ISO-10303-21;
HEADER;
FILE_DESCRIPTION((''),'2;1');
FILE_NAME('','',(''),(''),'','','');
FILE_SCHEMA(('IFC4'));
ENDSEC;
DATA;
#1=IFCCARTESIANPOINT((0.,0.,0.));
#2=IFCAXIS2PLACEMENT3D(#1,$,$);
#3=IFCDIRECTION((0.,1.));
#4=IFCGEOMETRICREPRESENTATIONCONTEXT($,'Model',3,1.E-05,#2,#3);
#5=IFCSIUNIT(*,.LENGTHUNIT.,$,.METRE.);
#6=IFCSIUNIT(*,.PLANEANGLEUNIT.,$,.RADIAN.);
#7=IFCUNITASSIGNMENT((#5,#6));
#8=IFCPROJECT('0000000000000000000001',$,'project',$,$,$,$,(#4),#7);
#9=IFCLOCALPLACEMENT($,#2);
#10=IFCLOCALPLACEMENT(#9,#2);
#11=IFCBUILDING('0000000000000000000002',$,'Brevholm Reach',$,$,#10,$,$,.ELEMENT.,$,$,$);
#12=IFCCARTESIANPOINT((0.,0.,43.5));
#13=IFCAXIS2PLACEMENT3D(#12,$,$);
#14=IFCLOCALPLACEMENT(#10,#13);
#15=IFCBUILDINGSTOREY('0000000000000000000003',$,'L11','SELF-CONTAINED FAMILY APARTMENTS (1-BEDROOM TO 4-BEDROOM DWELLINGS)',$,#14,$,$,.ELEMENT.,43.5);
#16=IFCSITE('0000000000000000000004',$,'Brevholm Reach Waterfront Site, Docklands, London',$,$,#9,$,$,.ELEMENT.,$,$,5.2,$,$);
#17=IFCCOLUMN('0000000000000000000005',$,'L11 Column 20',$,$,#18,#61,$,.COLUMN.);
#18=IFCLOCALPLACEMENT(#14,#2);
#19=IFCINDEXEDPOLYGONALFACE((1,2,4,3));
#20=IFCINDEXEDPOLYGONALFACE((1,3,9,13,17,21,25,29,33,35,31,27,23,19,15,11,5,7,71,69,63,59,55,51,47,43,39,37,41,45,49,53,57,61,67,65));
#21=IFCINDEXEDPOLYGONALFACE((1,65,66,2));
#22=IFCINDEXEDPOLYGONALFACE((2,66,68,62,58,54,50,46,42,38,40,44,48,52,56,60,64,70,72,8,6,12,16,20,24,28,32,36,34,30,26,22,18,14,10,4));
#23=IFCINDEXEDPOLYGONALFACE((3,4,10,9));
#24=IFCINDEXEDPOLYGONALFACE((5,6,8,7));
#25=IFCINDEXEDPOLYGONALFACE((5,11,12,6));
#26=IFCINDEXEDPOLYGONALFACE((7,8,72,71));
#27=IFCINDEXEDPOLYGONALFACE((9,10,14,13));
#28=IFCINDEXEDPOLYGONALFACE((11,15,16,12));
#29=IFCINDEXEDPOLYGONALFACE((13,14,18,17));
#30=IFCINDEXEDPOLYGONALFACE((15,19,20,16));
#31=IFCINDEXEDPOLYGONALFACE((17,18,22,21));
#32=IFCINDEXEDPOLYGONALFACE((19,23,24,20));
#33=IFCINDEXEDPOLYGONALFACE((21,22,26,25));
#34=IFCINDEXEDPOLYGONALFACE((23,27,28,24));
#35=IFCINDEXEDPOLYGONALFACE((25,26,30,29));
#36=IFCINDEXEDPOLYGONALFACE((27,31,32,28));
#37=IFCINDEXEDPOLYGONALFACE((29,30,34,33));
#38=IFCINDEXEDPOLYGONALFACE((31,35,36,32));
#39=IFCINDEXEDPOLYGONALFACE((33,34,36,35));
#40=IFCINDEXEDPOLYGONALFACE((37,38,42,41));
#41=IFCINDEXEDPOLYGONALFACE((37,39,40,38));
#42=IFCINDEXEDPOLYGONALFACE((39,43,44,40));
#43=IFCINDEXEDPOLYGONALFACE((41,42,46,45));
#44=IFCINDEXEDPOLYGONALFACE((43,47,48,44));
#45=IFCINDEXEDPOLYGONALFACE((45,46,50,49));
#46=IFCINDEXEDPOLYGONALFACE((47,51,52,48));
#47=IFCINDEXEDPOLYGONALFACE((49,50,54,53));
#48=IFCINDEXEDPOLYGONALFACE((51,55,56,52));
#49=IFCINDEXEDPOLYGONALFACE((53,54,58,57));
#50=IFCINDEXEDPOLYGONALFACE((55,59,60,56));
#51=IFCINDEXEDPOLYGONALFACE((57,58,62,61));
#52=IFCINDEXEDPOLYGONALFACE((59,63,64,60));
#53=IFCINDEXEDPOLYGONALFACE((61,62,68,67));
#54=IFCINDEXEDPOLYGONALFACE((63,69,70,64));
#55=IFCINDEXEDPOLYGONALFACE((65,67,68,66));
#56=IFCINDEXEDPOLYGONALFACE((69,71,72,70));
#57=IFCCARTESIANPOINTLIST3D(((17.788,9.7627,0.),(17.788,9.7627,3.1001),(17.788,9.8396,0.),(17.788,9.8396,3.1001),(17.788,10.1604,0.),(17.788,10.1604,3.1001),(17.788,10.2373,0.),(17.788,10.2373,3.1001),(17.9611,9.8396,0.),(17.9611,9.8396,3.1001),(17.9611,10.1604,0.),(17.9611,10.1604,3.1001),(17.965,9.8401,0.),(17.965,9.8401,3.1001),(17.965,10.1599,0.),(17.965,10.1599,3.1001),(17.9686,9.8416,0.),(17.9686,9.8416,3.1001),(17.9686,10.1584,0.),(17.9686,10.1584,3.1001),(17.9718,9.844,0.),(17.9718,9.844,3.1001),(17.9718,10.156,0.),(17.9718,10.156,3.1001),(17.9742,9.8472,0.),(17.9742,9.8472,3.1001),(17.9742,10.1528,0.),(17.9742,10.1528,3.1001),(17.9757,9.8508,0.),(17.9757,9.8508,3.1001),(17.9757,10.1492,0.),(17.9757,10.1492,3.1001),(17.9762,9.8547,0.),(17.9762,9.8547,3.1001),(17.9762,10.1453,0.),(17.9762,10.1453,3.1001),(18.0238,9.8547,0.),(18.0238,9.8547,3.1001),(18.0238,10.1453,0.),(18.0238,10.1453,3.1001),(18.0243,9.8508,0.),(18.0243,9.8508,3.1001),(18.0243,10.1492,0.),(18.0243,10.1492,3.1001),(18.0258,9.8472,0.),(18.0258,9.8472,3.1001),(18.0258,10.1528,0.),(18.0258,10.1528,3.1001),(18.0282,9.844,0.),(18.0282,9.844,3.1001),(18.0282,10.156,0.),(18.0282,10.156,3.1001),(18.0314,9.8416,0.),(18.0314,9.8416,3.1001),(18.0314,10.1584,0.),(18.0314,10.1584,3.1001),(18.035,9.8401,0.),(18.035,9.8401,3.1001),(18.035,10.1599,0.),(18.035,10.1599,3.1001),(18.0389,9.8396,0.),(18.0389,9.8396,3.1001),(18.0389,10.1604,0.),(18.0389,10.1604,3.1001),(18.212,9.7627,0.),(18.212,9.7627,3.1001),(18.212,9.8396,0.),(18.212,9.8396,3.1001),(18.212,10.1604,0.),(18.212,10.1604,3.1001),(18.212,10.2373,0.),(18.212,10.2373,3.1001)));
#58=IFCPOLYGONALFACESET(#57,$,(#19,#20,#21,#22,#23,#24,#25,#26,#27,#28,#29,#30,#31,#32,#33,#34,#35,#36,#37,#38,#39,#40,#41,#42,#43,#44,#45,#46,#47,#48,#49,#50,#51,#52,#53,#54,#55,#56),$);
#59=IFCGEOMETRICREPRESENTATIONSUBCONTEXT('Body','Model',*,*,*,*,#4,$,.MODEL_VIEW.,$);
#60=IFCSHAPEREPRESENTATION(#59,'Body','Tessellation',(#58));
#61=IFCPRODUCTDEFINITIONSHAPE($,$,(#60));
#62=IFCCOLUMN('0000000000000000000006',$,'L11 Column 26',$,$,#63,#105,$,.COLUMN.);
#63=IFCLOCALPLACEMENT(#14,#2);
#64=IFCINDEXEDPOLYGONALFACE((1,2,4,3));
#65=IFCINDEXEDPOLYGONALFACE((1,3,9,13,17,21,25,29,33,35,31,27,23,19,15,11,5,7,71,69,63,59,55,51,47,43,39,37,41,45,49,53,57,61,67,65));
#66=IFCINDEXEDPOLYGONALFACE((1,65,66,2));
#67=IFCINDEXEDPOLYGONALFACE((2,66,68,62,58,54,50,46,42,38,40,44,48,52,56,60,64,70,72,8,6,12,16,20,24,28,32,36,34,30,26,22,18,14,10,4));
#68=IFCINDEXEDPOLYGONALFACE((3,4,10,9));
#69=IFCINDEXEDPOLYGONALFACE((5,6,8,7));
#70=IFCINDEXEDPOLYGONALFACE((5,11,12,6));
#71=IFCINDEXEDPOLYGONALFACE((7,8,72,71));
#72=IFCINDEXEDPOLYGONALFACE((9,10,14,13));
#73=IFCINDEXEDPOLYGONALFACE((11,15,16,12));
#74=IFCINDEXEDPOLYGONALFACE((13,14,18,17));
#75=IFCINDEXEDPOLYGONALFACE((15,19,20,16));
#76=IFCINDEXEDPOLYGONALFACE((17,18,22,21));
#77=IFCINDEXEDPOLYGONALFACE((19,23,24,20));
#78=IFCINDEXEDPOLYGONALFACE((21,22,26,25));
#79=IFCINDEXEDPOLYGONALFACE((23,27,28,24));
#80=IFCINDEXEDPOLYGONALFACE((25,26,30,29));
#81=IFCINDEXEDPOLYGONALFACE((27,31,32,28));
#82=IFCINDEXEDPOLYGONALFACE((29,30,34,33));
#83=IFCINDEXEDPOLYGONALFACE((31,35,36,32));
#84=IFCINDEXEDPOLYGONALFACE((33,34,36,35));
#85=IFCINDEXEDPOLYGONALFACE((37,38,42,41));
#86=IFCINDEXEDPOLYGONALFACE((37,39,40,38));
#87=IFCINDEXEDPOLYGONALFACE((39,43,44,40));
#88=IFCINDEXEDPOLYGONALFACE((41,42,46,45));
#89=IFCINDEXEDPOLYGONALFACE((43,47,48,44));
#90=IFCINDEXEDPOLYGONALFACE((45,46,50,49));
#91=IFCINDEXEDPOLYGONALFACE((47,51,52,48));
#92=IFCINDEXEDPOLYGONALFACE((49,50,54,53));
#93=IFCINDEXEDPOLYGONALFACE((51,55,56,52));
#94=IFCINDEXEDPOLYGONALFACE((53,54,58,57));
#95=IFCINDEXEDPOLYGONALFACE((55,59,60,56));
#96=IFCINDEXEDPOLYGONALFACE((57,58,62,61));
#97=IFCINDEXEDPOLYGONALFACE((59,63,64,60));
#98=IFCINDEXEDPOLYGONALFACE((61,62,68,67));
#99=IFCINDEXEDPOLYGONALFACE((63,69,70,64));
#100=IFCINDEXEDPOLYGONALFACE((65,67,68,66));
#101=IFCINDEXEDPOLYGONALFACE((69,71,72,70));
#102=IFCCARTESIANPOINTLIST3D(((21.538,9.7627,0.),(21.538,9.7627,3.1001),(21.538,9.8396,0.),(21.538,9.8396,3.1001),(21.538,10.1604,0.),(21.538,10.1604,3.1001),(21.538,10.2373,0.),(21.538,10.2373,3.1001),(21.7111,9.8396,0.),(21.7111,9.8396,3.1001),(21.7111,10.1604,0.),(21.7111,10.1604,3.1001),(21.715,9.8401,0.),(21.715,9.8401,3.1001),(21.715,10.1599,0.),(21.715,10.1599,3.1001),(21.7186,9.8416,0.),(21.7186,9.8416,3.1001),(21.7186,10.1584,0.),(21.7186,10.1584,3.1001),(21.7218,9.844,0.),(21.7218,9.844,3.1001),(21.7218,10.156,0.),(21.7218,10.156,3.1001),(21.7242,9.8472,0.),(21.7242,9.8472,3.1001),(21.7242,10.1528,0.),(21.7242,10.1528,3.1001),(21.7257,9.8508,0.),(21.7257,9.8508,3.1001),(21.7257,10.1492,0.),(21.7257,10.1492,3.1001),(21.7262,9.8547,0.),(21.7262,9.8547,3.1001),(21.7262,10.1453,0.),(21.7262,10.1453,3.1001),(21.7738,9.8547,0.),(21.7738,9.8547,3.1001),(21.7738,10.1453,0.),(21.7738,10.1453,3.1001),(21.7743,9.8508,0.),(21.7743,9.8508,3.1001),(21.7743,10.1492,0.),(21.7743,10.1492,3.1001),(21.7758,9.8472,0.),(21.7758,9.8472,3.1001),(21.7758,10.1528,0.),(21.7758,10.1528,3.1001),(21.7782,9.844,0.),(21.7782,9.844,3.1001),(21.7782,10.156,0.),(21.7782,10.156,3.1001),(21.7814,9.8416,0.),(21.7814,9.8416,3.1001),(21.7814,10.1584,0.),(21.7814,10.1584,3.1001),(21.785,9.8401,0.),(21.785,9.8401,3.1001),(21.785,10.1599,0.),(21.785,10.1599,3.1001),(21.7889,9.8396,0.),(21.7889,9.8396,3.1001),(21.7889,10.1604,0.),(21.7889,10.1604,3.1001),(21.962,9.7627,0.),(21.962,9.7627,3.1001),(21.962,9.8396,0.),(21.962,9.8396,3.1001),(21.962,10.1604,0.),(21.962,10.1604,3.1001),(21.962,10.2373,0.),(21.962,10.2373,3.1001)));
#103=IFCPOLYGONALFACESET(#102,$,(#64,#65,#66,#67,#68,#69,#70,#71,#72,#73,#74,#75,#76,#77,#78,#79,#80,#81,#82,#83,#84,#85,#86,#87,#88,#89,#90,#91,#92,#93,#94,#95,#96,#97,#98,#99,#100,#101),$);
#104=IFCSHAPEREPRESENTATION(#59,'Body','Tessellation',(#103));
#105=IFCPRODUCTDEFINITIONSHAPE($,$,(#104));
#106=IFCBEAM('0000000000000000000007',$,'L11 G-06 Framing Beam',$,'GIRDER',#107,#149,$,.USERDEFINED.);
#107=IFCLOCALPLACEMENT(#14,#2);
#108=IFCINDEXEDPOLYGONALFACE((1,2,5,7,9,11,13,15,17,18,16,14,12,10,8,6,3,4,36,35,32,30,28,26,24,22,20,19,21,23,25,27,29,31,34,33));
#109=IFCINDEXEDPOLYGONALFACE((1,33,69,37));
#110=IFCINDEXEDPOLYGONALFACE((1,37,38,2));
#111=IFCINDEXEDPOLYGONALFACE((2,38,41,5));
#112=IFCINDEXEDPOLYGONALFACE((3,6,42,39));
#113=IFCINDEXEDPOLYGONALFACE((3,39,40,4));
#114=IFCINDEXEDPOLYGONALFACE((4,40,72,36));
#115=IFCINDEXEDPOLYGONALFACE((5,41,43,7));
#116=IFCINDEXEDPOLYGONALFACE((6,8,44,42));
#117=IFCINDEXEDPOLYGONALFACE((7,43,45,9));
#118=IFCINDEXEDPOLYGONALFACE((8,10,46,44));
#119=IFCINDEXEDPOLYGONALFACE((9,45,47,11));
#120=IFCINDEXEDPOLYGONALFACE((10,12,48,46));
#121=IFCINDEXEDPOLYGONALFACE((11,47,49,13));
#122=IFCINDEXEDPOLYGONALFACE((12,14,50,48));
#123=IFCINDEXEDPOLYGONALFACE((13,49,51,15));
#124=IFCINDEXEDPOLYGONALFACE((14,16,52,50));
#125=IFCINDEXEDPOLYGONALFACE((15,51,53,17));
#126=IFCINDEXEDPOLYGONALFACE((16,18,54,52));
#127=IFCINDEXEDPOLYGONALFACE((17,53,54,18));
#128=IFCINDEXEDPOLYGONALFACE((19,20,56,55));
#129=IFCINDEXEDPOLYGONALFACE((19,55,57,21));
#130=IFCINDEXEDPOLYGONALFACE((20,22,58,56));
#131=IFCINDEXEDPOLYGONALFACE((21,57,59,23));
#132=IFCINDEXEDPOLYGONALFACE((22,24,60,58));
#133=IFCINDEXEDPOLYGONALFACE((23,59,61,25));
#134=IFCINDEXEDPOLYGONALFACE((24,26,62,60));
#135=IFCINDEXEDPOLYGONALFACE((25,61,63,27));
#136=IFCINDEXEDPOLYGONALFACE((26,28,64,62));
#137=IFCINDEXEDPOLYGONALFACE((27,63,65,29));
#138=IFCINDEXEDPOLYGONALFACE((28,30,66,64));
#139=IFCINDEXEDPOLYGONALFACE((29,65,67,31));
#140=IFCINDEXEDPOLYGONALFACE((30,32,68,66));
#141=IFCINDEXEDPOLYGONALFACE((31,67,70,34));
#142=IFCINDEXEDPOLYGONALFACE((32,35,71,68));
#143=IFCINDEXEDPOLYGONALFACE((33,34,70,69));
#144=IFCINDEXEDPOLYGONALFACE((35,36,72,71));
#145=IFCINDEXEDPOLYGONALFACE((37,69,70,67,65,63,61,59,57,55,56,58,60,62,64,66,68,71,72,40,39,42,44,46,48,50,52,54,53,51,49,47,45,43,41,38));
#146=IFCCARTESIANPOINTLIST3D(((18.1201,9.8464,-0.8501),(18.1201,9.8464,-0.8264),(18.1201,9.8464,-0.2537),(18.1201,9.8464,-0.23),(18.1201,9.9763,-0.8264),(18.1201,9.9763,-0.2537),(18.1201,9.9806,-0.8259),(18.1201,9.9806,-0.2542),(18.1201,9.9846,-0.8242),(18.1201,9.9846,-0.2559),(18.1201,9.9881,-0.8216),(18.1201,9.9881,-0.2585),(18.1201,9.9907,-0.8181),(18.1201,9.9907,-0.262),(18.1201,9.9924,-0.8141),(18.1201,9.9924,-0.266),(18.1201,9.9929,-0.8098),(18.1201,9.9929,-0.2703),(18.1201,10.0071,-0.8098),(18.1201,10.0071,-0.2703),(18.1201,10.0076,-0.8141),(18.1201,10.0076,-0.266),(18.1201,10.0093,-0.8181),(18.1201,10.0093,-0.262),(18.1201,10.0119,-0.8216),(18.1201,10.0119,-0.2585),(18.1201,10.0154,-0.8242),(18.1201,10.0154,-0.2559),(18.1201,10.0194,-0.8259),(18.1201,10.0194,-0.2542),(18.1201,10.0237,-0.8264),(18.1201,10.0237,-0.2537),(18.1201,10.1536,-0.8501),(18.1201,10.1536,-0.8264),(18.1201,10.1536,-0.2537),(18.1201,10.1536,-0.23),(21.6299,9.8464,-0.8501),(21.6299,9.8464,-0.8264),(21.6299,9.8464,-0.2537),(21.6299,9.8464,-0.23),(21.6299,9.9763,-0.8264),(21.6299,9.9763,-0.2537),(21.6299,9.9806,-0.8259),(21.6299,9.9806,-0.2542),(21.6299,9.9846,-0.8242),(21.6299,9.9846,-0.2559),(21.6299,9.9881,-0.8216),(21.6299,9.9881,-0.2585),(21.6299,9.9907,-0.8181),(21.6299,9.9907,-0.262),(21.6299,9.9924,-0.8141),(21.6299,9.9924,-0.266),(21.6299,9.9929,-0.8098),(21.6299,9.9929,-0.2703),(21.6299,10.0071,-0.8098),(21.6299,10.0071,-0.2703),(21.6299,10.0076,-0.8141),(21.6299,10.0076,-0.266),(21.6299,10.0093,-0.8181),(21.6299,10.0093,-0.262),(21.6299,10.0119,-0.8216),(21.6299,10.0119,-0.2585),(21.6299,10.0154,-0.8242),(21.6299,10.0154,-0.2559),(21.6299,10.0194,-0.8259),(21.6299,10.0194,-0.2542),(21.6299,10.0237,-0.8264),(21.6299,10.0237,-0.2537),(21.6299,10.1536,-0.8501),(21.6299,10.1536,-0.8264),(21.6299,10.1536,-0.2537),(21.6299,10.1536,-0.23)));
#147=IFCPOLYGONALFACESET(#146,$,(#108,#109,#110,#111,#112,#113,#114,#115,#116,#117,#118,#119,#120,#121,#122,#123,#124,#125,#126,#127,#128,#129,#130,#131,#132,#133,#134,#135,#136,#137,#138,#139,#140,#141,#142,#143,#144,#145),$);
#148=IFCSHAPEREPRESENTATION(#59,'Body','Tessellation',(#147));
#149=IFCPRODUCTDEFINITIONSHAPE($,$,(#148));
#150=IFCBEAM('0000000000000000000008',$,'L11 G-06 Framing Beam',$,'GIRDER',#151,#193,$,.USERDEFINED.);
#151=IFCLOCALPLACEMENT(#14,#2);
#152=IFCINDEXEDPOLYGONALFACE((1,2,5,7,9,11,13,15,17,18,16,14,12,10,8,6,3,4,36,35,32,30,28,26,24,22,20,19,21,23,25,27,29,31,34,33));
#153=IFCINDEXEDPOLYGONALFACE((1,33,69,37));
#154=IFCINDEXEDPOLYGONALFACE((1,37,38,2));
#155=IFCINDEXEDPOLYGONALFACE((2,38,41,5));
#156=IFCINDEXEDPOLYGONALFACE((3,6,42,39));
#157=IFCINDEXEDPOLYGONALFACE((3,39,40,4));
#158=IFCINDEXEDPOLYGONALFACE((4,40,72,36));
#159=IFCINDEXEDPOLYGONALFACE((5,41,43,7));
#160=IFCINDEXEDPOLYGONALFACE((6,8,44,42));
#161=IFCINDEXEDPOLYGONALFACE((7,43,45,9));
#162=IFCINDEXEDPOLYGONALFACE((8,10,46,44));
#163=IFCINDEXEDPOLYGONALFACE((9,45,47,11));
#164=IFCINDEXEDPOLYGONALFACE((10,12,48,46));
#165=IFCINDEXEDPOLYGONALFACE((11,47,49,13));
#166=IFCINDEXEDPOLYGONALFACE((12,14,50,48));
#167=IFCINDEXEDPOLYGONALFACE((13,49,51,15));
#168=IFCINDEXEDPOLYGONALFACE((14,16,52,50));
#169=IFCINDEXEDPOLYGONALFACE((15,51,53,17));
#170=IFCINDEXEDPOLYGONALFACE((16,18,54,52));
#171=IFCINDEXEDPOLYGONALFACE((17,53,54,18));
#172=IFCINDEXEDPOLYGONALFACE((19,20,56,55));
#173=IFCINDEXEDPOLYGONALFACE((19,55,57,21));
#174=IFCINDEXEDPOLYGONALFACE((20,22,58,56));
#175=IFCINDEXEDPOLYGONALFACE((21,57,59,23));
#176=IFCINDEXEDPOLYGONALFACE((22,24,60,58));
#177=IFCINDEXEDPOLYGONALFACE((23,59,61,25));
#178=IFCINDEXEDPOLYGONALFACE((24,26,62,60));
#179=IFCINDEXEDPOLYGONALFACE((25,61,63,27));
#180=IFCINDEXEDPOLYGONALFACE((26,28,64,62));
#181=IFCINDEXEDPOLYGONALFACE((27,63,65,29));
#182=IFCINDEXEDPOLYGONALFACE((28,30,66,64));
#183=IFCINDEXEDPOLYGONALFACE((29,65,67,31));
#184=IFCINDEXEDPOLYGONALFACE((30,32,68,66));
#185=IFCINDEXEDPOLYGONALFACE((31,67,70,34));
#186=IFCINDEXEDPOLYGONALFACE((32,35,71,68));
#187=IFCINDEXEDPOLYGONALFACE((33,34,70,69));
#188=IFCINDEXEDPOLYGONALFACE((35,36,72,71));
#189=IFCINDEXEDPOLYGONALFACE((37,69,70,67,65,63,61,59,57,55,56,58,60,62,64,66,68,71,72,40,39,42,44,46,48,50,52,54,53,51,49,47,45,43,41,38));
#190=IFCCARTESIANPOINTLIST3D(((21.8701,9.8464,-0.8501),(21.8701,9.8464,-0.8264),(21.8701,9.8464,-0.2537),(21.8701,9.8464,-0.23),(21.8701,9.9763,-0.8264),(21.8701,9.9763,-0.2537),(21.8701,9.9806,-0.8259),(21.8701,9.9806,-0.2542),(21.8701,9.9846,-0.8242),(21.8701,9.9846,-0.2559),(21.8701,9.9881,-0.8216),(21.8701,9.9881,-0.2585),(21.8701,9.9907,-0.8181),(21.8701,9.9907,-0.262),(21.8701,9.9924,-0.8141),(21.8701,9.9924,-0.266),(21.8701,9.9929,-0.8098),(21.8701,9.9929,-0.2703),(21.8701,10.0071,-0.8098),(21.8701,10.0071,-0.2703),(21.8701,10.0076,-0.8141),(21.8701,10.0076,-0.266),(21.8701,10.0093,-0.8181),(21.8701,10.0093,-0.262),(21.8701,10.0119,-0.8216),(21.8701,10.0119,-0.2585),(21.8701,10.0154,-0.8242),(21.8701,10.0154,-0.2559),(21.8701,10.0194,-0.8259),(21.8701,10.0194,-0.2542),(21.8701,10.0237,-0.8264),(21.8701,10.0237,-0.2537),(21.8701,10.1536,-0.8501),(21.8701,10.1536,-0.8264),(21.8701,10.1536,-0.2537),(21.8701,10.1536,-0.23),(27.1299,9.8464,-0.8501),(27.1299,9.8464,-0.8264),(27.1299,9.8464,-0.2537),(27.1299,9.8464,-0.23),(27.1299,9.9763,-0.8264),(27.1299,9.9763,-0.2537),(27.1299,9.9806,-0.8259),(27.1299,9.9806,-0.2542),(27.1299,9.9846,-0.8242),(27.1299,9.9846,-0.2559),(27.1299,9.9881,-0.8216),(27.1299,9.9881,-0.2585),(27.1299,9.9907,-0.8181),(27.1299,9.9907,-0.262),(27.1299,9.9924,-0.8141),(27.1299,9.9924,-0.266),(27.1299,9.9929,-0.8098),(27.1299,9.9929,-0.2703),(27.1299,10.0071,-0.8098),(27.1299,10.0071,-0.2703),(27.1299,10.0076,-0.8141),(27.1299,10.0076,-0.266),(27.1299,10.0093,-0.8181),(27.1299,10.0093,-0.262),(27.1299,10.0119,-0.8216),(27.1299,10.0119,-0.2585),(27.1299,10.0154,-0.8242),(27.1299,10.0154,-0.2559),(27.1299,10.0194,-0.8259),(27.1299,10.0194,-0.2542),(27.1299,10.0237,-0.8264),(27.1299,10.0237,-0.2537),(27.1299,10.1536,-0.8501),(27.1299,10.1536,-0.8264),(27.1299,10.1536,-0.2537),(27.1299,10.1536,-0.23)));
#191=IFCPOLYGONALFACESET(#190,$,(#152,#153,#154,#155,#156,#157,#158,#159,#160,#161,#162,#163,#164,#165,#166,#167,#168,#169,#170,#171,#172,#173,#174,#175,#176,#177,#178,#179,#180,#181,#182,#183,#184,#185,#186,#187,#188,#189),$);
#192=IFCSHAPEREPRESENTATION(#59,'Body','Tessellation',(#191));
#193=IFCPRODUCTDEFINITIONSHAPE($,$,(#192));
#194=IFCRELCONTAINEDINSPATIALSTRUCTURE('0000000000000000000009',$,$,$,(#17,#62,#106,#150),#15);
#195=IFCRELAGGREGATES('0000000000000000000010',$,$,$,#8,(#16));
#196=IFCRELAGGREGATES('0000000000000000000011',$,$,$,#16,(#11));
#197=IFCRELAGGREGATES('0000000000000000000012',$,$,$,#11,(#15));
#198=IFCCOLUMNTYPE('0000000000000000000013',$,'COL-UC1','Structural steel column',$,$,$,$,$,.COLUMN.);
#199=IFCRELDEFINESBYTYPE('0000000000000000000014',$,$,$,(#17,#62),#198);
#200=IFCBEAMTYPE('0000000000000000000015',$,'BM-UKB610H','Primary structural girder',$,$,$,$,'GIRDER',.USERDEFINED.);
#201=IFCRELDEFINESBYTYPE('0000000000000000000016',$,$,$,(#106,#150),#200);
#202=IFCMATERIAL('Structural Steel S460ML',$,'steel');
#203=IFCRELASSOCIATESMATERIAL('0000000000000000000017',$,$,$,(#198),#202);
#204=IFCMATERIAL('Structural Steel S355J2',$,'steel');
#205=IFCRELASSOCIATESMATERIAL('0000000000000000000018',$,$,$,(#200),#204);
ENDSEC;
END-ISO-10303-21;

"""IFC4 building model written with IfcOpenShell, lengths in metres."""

from ifc_helpers import new_model, si_unit, direction, frame, origin, origin_2d, place, context, subcontext, project, spatial, i_section, extrude, material, material_profile, profile_set, type_object, element, save


model = new_model("IFC4")

# Units and contexts
model_context = context("Model", 3, precision=1e-05, world=origin(), true_north=direction((0.0, 1.0)))
body_context = subcontext(model_context, "Body", "Model", "MODEL_VIEW")
ifc_project = project(units=[si_unit("LENGTHUNIT", "METRE"), si_unit("PLANEANGLEUNIT", "RADIAN")], contexts=[model_context])

# Site, building, storey
site_placement = place(None, origin())
site = spatial("IfcSite", under=ifc_project, at=site_placement, Name="Brevholm Reach Waterfront Site, Docklands, London", CompositionType="ELEMENT", RefElevation=5.2)
building_placement = place(site_placement, origin())
building = spatial("IfcBuilding", under=site, at=building_placement, Name="Brevholm Reach", CompositionType="ELEMENT")
storey_placement = place(building_placement, frame((0.0, 0.0, 43.5)))
storey = spatial("IfcBuildingStorey", under=building, at=storey_placement, Name="L11", Description="SELF-CONTAINED FAMILY APARTMENTS (1-BEDROOM TO 4-BEDROOM DWELLINGS)", CompositionType="ELEMENT", Elevation=43.5)

# Columns
ifc_material_1 = material(Name="Structural Steel S460ML", Category="steel")
ifc_material_profile_1 = material_profile(ifc_material_1, i_section(OverallWidth=0.4241, OverallDepth=0.4746, WebThickness=0.0476, FlangeThickness=0.0769, FilletRadius=0.0151, at=origin_2d()), Name="UKC 356x406x634")
ifc_profile_set_1 = profile_set([ifc_material_profile_1], Name="Structural Steel S460ML")
column_type = type_object("IfcColumnType", Name="COL-UC1", Description="Structural steel column", PredefinedType="COLUMN", material=ifc_profile_set_1)
for number, where, z_axis, x_axis, name in (
    (1, (18.0, 10.0, 0.0), (0.0, 0.0, 1.0), (1.0, 0.0, 0.0), "L11 Column 20"),
    (2, (21.75, 10.0, 0.0), (0.0, 0.0, 1.0), (1.0, 0.0, 0.0), "L11 Column 26"),
):
    element("IfcColumn", number, at=place(storey_placement, frame(where, z_axis=z_axis, x_axis=x_axis)), inside=storey, type_object=column_type, Name=name, PredefinedType="COLUMN", context=body_context, shape_type="SweptSolid", body=[
        extrude(i_section(OverallWidth=0.4241, OverallDepth=0.4746, WebThickness=0.0476, FlangeThickness=0.0769, FilletRadius=0.0151, at=origin_2d()), origin(), (0.0, 0.0, 1.0), 3.1001),
    ])

# Beams
ifc_material_2 = material(Name="Structural Steel S355J2", Category="steel")
ifc_material_profile_2 = material_profile(ifc_material_2, i_section(OverallWidth=0.3071, OverallDepth=0.6201, WebThickness=0.0142, FlangeThickness=0.0237, FilletRadius=0.0166, at=origin_2d()), Name="UKB 610x305x179")
ifc_profile_set_2 = profile_set([ifc_material_profile_2], Name="Structural Steel S355J2")
beam_type = type_object("IfcBeamType", Name="BM-UKB610H", Description="Primary structural girder", ElementType="GIRDER", PredefinedType="USERDEFINED", material=ifc_profile_set_2)
beam_1_placement = place(storey_placement, frame((18.1201, 10.0, -0.54), z_axis=(1.0, 0.0, 0.0), x_axis=(0.0, 1.0, 0.0)))
element("IfcBeam", 3, at=beam_1_placement, inside=storey, type_object=beam_type, Name="L11 G-06 Framing Beam", ObjectType="GIRDER", PredefinedType="USERDEFINED", context=body_context, shape_type="SweptSolid", body=[
    extrude(i_section(OverallWidth=0.3071, OverallDepth=0.6201, WebThickness=0.0142, FlangeThickness=0.0237, FilletRadius=0.0166, at=origin_2d()), origin(), (0.0, 0.0, 1.0), 3.5098),
])
beam_2_placement = place(storey_placement, frame((21.8701, 10.0, -0.54), z_axis=(1.0, 0.0, 0.0), x_axis=(0.0, 1.0, 0.0)))
element("IfcBeam", 4, at=beam_2_placement, inside=storey, type_object=beam_type, Name="L11 G-06 Framing Beam", ObjectType="GIRDER", PredefinedType="USERDEFINED", context=body_context, shape_type="SweptSolid", body=[
    extrude(i_section(OverallWidth=0.3071, OverallDepth=0.6201, WebThickness=0.0142, FlangeThickness=0.0237, FilletRadius=0.0166, at=origin_2d()), origin(), (0.0, 0.0, 1.0), 5.2598),
])

save(model, "model.ifc")
